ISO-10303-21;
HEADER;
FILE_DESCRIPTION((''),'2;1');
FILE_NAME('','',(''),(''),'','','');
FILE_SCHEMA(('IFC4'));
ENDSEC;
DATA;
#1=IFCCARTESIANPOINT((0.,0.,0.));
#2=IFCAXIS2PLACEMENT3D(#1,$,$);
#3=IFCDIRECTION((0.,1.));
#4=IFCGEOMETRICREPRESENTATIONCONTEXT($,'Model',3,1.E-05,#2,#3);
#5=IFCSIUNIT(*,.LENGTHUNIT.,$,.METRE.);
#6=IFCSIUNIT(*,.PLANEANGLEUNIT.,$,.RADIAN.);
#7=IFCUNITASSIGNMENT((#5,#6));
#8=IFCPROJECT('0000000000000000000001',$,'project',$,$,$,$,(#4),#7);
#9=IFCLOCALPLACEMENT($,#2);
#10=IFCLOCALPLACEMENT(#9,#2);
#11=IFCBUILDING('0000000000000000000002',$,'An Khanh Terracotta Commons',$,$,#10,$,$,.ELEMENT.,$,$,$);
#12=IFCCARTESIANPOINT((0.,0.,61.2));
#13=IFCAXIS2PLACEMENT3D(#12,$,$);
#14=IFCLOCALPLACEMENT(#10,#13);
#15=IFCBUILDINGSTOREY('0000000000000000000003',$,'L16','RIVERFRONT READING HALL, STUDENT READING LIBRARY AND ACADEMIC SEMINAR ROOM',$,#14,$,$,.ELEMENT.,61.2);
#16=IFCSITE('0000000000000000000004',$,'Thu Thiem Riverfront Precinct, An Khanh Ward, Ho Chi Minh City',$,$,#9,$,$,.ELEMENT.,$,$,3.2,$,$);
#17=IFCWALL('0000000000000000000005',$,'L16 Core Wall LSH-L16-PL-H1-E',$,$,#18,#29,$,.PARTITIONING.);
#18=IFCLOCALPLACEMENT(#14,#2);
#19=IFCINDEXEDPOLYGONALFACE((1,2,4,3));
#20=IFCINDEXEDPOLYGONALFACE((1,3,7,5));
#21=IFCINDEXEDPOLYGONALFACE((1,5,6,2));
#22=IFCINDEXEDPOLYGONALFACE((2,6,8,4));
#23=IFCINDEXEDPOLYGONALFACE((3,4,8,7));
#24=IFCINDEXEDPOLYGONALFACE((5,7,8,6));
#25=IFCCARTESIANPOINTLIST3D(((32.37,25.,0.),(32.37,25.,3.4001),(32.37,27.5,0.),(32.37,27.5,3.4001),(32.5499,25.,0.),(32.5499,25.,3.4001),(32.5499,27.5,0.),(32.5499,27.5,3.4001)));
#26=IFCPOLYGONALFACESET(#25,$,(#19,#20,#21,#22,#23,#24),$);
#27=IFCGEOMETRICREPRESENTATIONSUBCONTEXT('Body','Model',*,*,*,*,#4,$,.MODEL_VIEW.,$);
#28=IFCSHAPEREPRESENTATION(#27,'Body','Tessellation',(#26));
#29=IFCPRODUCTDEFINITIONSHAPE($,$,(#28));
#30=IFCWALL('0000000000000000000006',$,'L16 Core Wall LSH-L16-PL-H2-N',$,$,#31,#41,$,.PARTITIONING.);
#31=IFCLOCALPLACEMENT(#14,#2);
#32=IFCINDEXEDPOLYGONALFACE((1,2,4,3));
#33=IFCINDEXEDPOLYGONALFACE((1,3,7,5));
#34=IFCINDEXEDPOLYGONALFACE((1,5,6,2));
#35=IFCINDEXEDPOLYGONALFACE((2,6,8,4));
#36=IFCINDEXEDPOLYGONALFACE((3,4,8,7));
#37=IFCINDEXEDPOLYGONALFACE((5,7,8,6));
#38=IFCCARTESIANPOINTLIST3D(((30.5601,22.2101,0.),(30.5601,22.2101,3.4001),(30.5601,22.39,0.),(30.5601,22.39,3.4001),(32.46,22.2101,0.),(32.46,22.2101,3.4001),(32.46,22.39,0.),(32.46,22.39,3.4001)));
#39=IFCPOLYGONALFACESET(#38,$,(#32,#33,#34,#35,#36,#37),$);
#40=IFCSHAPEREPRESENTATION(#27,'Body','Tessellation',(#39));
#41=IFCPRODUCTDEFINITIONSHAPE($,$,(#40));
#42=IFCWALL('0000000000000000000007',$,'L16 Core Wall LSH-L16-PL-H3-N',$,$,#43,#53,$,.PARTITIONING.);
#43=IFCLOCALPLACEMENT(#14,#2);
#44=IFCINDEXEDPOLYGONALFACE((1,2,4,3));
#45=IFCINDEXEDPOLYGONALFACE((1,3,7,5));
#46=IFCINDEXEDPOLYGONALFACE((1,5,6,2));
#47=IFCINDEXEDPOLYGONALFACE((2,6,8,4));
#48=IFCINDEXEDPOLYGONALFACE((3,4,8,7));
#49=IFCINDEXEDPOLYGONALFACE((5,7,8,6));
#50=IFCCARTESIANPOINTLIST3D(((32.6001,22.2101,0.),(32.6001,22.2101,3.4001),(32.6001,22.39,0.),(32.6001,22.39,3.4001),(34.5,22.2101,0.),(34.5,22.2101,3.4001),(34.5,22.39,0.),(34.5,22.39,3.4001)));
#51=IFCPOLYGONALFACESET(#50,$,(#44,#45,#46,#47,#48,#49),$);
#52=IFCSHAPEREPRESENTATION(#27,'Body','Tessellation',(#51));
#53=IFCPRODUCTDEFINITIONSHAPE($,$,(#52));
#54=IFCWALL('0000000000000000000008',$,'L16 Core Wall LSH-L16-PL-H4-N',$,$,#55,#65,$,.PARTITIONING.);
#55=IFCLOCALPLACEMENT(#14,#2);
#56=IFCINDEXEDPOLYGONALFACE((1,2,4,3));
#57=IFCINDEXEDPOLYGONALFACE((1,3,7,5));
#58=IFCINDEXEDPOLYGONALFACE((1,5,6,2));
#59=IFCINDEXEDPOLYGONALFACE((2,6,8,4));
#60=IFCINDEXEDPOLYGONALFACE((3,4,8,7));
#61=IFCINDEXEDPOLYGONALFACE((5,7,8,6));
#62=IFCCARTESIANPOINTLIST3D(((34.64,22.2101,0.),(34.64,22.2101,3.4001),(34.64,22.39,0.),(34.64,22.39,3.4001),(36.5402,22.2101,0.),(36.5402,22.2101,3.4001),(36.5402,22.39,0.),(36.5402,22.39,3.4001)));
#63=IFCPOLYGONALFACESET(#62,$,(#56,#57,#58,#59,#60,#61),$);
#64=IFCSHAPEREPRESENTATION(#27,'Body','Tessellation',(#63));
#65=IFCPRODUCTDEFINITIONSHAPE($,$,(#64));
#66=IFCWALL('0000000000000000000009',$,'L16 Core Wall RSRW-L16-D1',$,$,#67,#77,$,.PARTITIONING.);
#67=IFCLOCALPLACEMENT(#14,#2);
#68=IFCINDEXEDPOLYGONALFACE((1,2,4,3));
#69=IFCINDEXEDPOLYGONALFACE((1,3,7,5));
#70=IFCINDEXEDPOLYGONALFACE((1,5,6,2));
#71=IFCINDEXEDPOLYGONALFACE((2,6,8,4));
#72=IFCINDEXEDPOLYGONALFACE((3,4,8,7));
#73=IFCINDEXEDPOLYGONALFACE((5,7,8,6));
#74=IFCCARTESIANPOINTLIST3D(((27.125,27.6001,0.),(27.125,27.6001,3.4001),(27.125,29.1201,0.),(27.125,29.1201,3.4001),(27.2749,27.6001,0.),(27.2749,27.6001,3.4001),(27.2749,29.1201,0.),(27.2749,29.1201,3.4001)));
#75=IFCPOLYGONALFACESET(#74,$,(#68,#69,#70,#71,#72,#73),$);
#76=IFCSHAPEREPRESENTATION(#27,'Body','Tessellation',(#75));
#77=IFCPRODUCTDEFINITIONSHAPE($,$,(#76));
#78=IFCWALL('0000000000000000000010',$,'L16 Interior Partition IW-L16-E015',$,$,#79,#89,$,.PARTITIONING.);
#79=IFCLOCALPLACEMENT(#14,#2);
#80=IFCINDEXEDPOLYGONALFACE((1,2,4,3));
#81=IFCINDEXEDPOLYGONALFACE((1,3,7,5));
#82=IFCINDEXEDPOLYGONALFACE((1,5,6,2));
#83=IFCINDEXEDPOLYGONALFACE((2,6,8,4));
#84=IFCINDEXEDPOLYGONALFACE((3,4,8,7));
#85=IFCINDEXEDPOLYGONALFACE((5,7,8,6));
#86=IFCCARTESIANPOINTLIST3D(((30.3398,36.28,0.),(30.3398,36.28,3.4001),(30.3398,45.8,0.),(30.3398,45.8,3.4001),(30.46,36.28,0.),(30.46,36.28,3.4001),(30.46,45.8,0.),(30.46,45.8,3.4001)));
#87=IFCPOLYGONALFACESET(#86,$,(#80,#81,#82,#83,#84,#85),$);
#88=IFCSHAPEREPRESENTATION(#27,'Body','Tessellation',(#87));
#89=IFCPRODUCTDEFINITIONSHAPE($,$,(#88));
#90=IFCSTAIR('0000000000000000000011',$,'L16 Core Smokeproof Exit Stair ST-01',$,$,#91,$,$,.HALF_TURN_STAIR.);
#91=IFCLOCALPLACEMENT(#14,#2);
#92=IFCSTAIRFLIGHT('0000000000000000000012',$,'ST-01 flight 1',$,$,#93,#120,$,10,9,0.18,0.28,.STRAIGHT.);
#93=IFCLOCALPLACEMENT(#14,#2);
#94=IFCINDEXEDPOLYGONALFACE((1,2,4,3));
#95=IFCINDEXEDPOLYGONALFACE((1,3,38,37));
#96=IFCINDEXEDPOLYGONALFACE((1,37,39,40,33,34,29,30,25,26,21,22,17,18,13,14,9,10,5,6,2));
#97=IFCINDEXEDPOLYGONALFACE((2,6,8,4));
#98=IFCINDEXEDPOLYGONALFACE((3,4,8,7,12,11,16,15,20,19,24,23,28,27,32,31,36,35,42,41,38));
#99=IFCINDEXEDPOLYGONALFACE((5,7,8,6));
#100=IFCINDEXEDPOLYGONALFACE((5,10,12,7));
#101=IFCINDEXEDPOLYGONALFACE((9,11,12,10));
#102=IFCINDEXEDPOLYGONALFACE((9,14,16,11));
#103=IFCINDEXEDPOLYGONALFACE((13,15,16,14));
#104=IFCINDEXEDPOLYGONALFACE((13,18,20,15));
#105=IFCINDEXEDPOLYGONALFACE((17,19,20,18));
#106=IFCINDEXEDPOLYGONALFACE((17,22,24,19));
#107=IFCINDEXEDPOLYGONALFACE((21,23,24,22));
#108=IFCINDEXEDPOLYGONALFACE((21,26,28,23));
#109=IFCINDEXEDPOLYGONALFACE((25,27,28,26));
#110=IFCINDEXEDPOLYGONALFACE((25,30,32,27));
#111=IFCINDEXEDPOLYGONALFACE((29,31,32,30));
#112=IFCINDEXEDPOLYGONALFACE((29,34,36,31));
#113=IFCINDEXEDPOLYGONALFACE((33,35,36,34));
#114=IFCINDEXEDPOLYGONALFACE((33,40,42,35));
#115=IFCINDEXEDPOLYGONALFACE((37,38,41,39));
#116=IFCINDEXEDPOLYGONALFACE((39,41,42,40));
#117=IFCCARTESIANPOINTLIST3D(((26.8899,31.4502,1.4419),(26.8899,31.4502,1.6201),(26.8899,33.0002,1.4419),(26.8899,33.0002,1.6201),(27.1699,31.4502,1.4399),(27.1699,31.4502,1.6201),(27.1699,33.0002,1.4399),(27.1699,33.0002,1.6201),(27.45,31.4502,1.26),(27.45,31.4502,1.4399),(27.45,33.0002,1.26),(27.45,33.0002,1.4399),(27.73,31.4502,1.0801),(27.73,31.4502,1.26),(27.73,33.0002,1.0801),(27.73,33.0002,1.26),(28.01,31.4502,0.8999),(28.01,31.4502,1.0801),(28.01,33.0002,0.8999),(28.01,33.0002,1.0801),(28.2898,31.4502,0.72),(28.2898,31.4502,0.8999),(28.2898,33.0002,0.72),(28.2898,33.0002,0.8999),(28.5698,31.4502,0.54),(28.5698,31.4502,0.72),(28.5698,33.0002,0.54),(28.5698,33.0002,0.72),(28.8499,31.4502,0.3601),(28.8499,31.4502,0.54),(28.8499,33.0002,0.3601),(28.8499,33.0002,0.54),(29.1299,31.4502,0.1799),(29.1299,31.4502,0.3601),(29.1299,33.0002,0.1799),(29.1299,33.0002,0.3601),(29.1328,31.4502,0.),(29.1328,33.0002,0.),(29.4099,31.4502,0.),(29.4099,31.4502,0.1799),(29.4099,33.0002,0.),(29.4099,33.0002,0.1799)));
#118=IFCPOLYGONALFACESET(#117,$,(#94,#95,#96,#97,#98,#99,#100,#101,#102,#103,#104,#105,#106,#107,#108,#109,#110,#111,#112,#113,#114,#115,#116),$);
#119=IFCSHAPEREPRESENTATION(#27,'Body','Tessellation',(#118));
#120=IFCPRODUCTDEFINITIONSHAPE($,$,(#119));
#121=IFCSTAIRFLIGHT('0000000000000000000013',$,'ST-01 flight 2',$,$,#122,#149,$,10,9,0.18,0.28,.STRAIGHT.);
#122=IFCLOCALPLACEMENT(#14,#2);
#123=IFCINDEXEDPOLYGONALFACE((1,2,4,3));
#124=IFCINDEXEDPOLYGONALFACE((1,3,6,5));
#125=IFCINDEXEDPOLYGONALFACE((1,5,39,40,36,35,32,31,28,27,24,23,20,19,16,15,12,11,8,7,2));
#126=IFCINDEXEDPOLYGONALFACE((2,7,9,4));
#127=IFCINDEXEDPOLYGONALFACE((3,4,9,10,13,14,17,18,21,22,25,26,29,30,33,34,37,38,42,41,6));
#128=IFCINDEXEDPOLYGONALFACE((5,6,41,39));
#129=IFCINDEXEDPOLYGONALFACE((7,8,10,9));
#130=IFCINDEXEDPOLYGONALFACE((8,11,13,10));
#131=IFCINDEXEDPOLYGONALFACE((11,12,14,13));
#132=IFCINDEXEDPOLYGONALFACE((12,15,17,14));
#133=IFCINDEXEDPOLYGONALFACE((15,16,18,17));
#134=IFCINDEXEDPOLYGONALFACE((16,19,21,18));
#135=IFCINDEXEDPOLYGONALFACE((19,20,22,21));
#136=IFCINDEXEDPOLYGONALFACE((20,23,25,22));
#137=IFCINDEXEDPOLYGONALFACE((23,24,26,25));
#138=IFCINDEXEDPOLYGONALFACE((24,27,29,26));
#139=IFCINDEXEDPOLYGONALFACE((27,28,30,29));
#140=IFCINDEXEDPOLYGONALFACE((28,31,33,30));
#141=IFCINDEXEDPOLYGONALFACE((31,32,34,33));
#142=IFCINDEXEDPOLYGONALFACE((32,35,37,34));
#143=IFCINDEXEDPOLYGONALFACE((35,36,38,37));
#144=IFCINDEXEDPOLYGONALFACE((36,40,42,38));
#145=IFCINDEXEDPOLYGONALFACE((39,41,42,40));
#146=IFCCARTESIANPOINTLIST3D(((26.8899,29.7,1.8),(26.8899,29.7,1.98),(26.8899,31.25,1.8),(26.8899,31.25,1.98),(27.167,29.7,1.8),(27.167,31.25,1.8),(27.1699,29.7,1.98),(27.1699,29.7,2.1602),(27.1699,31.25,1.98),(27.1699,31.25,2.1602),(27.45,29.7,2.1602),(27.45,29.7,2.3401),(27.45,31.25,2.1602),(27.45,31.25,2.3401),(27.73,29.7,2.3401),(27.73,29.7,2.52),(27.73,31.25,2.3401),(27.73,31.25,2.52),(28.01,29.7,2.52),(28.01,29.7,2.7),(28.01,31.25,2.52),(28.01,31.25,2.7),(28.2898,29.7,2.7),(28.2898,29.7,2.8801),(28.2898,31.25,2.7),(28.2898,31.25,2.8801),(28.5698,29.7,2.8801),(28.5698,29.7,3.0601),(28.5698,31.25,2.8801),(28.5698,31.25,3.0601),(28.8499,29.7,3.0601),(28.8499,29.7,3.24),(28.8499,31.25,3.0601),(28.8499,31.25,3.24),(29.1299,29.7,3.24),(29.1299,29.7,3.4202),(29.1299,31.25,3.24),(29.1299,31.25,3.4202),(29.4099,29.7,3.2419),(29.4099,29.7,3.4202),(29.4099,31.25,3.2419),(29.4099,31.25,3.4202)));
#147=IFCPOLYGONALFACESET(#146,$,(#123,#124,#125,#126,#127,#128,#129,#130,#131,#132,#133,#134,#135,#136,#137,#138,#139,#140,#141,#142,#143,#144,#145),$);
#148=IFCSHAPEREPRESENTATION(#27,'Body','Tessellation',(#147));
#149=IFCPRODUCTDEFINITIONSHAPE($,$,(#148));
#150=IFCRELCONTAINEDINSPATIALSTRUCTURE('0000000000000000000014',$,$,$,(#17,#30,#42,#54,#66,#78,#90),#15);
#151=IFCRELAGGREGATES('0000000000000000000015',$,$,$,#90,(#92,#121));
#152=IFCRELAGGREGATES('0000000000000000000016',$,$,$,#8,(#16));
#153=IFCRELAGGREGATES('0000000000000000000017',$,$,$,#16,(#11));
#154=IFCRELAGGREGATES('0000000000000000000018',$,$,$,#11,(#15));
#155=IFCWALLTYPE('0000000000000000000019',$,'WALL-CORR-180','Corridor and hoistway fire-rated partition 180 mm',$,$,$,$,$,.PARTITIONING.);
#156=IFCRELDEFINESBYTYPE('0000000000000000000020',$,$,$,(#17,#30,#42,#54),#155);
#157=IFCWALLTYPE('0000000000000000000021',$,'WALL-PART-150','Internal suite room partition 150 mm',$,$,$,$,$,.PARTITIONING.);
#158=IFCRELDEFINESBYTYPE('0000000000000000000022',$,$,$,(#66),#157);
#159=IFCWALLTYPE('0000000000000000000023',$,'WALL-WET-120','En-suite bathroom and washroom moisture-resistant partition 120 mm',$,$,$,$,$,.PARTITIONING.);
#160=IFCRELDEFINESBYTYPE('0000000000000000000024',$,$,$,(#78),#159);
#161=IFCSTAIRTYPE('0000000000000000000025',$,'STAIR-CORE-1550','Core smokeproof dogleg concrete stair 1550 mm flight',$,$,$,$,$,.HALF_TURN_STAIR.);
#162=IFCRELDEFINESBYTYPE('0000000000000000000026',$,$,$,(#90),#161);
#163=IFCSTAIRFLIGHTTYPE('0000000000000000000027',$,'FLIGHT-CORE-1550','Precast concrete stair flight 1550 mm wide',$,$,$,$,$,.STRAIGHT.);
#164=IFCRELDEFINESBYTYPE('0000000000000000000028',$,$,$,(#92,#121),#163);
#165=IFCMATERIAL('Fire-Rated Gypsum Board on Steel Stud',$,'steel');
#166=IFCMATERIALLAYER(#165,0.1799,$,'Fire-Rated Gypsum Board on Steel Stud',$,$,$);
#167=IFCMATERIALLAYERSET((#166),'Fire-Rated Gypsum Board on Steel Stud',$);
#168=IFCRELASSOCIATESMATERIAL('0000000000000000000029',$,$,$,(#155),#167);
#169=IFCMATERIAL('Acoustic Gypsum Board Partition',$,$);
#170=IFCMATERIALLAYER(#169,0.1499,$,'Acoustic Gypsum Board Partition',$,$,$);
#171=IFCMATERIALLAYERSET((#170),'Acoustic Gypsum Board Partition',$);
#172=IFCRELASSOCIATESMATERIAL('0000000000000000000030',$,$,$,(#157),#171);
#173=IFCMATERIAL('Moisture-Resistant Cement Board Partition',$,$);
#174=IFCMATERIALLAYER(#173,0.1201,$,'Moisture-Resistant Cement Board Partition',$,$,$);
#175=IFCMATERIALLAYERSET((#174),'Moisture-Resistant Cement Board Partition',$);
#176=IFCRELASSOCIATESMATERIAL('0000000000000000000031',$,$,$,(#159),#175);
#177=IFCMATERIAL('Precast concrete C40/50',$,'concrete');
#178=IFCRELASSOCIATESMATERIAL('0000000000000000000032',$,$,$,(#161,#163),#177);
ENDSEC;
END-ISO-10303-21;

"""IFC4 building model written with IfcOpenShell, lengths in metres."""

from ifc_helpers import new_model, si_unit, direction, frame, frame_2d, origin, place, context, subcontext, project, spatial, polyline, rectangle, outline, extrude, material, layer, layer_set, type_object, element, aggregate, save


model = new_model("IFC4")

# Units and contexts
model_context = context("Model", 3, precision=1e-05, world=origin(), true_north=direction((0.0, 1.0)))
body_context = subcontext(model_context, "Body", "Model", "MODEL_VIEW")
ifc_project = project(units=[si_unit("LENGTHUNIT", "METRE"), si_unit("PLANEANGLEUNIT", "RADIAN")], contexts=[model_context])

# Site, building, storey
site_placement = place(None, origin())
site = spatial("IfcSite", under=ifc_project, at=site_placement, Name="Thu Thiem Riverfront Precinct, An Khanh Ward, Ho Chi Minh City", CompositionType="ELEMENT", RefElevation=3.2)
building_placement = place(site_placement, origin())
building = spatial("IfcBuilding", under=site, at=building_placement, Name="An Khanh Terracotta Commons", CompositionType="ELEMENT")
storey_placement = place(building_placement, frame((0.0, 0.0, 61.2)))
storey = spatial("IfcBuildingStorey", under=building, at=storey_placement, Name="L16", Description="RIVERFRONT READING HALL, STUDENT READING LIBRARY AND ACADEMIC SEMINAR ROOM", CompositionType="ELEMENT", Elevation=61.2)

# Shared definitions
ifc_material_1 = material(Name="Fire-Rated Gypsum Board on Steel Stud", Category="steel")
ifc_layer_1 = layer(ifc_material_1, 0.1799, Name="Fire-Rated Gypsum Board on Steel Stud")
ifc_layer_set_1 = layer_set([ifc_layer_1], Name="Fire-Rated Gypsum Board on Steel Stud")
wall_type_1 = type_object("IfcWallType", Name="WALL-CORR-180", Description="Corridor and hoistway fire-rated partition 180 mm", PredefinedType="PARTITIONING", material=ifc_layer_set_1)

# Walls
wall_1_placement = place(storey_placement, frame((32.46, 25.0, 0.0), z_axis=(0.0, 0.0, 1.0), x_axis=(0.0, 1.0, 0.0)))
element("IfcWall", 1, at=wall_1_placement, inside=storey, type_object=wall_type_1, Name="L16 Core Wall LSH-L16-PL-H1-E", PredefinedType="PARTITIONING", context=body_context, shape_type="SweptSolid", body=[
    extrude(rectangle(XDim=2.5, YDim=0.1799, at=frame_2d((1.25, 0.0))), origin(), (0.0, 0.0, 1.0), 3.4001),
])
for number, where, z_axis, x_axis, name in (
    (2, (30.5601, 22.3, 0.0), (0.0, 0.0, 1.0), (1.0, 0.0, 0.0), "L16 Core Wall LSH-L16-PL-H2-N"),
    (3, (32.6001, 22.3, 0.0), (0.0, 0.0, 1.0), (1.0, 0.0, 0.0), "L16 Core Wall LSH-L16-PL-H3-N"),
):
    element("IfcWall", number, at=place(storey_placement, frame(where, z_axis=z_axis, x_axis=x_axis)), inside=storey, type_object=wall_type_1, Name=name, PredefinedType="PARTITIONING", context=body_context, shape_type="SweptSolid", body=[
        extrude(rectangle(XDim=1.8999, YDim=0.1799, at=frame_2d((0.95, 0.0))), origin(), (0.0, 0.0, 1.0), 3.4001),
    ])
wall_2_placement = place(storey_placement, frame((34.6399, 22.3, 0.0), z_axis=(0.0, 0.0, 1.0), x_axis=(1.0, 0.0, 0.0)))
element("IfcWall", 4, at=wall_2_placement, inside=storey, type_object=wall_type_1, Name="L16 Core Wall LSH-L16-PL-H4-N", PredefinedType="PARTITIONING", context=body_context, shape_type="SweptSolid", body=[
    extrude(rectangle(XDim=1.9001, YDim=0.1799, at=frame_2d((0.9502, 0.0))), origin(), (0.0, 0.0, 1.0), 3.4001),
])
ifc_material_2 = material(Name="Acoustic Gypsum Board Partition")
ifc_layer_2 = layer(ifc_material_2, 0.1499, Name="Acoustic Gypsum Board Partition")
ifc_layer_set_2 = layer_set([ifc_layer_2], Name="Acoustic Gypsum Board Partition")
wall_type_2 = type_object("IfcWallType", Name="WALL-PART-150", Description="Internal suite room partition 150 mm", PredefinedType="PARTITIONING", material=ifc_layer_set_2)
wall_3_placement = place(storey_placement, frame((27.2, 27.6001, 0.0), z_axis=(0.0, 0.0, 1.0), x_axis=(0.0, 1.0, 0.0)))
element("IfcWall", 5, at=wall_3_placement, inside=storey, type_object=wall_type_2, Name="L16 Core Wall RSRW-L16-D1", PredefinedType="PARTITIONING", context=body_context, shape_type="SweptSolid", body=[
    extrude(rectangle(XDim=1.52, YDim=0.1499, at=frame_2d((0.76, 0.0))), origin(), (0.0, 0.0, 1.0), 3.4001),
])

# Wall
ifc_material_3 = material(Name="Moisture-Resistant Cement Board Partition")
ifc_layer_3 = layer(ifc_material_3, 0.1201, Name="Moisture-Resistant Cement Board Partition")
ifc_layer_set_3 = layer_set([ifc_layer_3], Name="Moisture-Resistant Cement Board Partition")
wall_type_3 = type_object("IfcWallType", Name="WALL-WET-120", Description="En-suite bathroom and washroom moisture-resistant partition 120 mm", PredefinedType="PARTITIONING", material=ifc_layer_set_3)
wall_4_placement = place(storey_placement, frame((30.3999, 36.28, 0.0), z_axis=(0.0, 0.0, 1.0), x_axis=(0.0, 1.0, 0.0)))
element("IfcWall", 6, at=wall_4_placement, inside=storey, type_object=wall_type_3, Name="L16 Interior Partition IW-L16-E015", PredefinedType="PARTITIONING", context=body_context, shape_type="SweptSolid", body=[
    extrude(rectangle(XDim=9.52, YDim=0.1201, at=frame_2d((4.76, 0.0))), origin(), (0.0, 0.0, 1.0), 3.4001),
])

# Stair, stair flights
ifc_material_4 = material(Name="Precast concrete C40/50", Category="concrete")
stair_type = type_object("IfcStairType", Name="STAIR-CORE-1550", Description="Core smokeproof dogleg concrete stair 1550 mm flight", PredefinedType="HALF_TURN_STAIR", material=ifc_material_4)
stair_placement = place(storey_placement, origin())
stair = element("IfcStair", 7, at=stair_placement, inside=storey, type_object=stair_type, Name="L16 Core Smokeproof Exit Stair ST-01", PredefinedType="HALF_TURN_STAIR")
stair_flight_type = type_object("IfcStairFlightType", Name="FLIGHT-CORE-1550", Description="Precast concrete stair flight 1550 mm wide", PredefinedType="STRAIGHT", material=ifc_material_4)
stair_flight_1_placement = place(storey_placement, frame((29.4099, 32.2251, 0.0), z_axis=(0.0, 0.0, 1.0), x_axis=(-1.0, 0.0, 0.0)))
stair_flight_1 = element("IfcStairFlight", 8, at=stair_flight_1_placement, type_object=stair_flight_type, Name="ST-01 flight 1", NumberOfRisers=10, NumberOfTreads=9, PredefinedType="STRAIGHT", RiserHeight=0.18, TreadLength=0.28, context=body_context, shape_type="SweptSolid", body=[
    extrude(outline(polyline([(0.0, 0.0), (0.0, 0.1799), (0.28, 0.1799), (0.28, 0.3601), (0.5601, 0.3601), (0.5601, 0.54), (0.8401, 0.54), (0.8401, 0.72), (1.1201, 0.72), (1.1201, 0.8999), (1.3999, 0.8999), (1.3999, 1.0801), (1.6799, 1.0801), (1.6799, 1.26), (1.96, 1.26), (1.96, 1.4399), (2.24, 1.4399), (2.24, 1.6201), (2.52, 1.6201), (2.52, 1.8), (2.52, 1.4419), (0.2771, 0.0), (0.0, 0.0)])), frame((0.0, 0.7749, 0.0), z_axis=(0.0, -1.0, 0.0), x_axis=(1.0, 0.0, 0.0)), (0.0, 0.0, 1.0), 1.55),
])
stair_flight_2_placement = place(storey_placement, frame((26.8899, 30.4751, 1.8), z_axis=(0.0, 0.0, 1.0), x_axis=(1.0, 0.0, 0.0)))
stair_flight_2 = element("IfcStairFlight", 9, at=stair_flight_2_placement, type_object=stair_flight_type, Name="ST-01 flight 2", NumberOfRisers=10, NumberOfTreads=9, PredefinedType="STRAIGHT", RiserHeight=0.18, TreadLength=0.28, context=body_context, shape_type="SweptSolid", body=[
    extrude(outline(polyline([(0.0, 0.0), (0.0, 0.1799), (0.28, 0.1799), (0.28, 0.3601), (0.5601, 0.3601), (0.5601, 0.54), (0.8401, 0.54), (0.8401, 0.72), (1.1201, 0.72), (1.1201, 0.8999), (1.3999, 0.8999), (1.3999, 1.0801), (1.6799, 1.0801), (1.6799, 1.26), (1.96, 1.26), (1.96, 1.4399), (2.24, 1.4399), (2.24, 1.6201), (2.52, 1.6201), (2.52, 1.8), (2.52, 1.4419), (0.2771, 0.0), (0.0, 0.0)])), frame((0.0, 0.7749, 0.0), z_axis=(0.0, -1.0, 0.0), x_axis=(1.0, 0.0, 0.0)), (0.0, 0.0, 1.0), 1.55),
])
aggregate(stair, [stair_flight_1, stair_flight_2])

save(model, "model.ifc")
